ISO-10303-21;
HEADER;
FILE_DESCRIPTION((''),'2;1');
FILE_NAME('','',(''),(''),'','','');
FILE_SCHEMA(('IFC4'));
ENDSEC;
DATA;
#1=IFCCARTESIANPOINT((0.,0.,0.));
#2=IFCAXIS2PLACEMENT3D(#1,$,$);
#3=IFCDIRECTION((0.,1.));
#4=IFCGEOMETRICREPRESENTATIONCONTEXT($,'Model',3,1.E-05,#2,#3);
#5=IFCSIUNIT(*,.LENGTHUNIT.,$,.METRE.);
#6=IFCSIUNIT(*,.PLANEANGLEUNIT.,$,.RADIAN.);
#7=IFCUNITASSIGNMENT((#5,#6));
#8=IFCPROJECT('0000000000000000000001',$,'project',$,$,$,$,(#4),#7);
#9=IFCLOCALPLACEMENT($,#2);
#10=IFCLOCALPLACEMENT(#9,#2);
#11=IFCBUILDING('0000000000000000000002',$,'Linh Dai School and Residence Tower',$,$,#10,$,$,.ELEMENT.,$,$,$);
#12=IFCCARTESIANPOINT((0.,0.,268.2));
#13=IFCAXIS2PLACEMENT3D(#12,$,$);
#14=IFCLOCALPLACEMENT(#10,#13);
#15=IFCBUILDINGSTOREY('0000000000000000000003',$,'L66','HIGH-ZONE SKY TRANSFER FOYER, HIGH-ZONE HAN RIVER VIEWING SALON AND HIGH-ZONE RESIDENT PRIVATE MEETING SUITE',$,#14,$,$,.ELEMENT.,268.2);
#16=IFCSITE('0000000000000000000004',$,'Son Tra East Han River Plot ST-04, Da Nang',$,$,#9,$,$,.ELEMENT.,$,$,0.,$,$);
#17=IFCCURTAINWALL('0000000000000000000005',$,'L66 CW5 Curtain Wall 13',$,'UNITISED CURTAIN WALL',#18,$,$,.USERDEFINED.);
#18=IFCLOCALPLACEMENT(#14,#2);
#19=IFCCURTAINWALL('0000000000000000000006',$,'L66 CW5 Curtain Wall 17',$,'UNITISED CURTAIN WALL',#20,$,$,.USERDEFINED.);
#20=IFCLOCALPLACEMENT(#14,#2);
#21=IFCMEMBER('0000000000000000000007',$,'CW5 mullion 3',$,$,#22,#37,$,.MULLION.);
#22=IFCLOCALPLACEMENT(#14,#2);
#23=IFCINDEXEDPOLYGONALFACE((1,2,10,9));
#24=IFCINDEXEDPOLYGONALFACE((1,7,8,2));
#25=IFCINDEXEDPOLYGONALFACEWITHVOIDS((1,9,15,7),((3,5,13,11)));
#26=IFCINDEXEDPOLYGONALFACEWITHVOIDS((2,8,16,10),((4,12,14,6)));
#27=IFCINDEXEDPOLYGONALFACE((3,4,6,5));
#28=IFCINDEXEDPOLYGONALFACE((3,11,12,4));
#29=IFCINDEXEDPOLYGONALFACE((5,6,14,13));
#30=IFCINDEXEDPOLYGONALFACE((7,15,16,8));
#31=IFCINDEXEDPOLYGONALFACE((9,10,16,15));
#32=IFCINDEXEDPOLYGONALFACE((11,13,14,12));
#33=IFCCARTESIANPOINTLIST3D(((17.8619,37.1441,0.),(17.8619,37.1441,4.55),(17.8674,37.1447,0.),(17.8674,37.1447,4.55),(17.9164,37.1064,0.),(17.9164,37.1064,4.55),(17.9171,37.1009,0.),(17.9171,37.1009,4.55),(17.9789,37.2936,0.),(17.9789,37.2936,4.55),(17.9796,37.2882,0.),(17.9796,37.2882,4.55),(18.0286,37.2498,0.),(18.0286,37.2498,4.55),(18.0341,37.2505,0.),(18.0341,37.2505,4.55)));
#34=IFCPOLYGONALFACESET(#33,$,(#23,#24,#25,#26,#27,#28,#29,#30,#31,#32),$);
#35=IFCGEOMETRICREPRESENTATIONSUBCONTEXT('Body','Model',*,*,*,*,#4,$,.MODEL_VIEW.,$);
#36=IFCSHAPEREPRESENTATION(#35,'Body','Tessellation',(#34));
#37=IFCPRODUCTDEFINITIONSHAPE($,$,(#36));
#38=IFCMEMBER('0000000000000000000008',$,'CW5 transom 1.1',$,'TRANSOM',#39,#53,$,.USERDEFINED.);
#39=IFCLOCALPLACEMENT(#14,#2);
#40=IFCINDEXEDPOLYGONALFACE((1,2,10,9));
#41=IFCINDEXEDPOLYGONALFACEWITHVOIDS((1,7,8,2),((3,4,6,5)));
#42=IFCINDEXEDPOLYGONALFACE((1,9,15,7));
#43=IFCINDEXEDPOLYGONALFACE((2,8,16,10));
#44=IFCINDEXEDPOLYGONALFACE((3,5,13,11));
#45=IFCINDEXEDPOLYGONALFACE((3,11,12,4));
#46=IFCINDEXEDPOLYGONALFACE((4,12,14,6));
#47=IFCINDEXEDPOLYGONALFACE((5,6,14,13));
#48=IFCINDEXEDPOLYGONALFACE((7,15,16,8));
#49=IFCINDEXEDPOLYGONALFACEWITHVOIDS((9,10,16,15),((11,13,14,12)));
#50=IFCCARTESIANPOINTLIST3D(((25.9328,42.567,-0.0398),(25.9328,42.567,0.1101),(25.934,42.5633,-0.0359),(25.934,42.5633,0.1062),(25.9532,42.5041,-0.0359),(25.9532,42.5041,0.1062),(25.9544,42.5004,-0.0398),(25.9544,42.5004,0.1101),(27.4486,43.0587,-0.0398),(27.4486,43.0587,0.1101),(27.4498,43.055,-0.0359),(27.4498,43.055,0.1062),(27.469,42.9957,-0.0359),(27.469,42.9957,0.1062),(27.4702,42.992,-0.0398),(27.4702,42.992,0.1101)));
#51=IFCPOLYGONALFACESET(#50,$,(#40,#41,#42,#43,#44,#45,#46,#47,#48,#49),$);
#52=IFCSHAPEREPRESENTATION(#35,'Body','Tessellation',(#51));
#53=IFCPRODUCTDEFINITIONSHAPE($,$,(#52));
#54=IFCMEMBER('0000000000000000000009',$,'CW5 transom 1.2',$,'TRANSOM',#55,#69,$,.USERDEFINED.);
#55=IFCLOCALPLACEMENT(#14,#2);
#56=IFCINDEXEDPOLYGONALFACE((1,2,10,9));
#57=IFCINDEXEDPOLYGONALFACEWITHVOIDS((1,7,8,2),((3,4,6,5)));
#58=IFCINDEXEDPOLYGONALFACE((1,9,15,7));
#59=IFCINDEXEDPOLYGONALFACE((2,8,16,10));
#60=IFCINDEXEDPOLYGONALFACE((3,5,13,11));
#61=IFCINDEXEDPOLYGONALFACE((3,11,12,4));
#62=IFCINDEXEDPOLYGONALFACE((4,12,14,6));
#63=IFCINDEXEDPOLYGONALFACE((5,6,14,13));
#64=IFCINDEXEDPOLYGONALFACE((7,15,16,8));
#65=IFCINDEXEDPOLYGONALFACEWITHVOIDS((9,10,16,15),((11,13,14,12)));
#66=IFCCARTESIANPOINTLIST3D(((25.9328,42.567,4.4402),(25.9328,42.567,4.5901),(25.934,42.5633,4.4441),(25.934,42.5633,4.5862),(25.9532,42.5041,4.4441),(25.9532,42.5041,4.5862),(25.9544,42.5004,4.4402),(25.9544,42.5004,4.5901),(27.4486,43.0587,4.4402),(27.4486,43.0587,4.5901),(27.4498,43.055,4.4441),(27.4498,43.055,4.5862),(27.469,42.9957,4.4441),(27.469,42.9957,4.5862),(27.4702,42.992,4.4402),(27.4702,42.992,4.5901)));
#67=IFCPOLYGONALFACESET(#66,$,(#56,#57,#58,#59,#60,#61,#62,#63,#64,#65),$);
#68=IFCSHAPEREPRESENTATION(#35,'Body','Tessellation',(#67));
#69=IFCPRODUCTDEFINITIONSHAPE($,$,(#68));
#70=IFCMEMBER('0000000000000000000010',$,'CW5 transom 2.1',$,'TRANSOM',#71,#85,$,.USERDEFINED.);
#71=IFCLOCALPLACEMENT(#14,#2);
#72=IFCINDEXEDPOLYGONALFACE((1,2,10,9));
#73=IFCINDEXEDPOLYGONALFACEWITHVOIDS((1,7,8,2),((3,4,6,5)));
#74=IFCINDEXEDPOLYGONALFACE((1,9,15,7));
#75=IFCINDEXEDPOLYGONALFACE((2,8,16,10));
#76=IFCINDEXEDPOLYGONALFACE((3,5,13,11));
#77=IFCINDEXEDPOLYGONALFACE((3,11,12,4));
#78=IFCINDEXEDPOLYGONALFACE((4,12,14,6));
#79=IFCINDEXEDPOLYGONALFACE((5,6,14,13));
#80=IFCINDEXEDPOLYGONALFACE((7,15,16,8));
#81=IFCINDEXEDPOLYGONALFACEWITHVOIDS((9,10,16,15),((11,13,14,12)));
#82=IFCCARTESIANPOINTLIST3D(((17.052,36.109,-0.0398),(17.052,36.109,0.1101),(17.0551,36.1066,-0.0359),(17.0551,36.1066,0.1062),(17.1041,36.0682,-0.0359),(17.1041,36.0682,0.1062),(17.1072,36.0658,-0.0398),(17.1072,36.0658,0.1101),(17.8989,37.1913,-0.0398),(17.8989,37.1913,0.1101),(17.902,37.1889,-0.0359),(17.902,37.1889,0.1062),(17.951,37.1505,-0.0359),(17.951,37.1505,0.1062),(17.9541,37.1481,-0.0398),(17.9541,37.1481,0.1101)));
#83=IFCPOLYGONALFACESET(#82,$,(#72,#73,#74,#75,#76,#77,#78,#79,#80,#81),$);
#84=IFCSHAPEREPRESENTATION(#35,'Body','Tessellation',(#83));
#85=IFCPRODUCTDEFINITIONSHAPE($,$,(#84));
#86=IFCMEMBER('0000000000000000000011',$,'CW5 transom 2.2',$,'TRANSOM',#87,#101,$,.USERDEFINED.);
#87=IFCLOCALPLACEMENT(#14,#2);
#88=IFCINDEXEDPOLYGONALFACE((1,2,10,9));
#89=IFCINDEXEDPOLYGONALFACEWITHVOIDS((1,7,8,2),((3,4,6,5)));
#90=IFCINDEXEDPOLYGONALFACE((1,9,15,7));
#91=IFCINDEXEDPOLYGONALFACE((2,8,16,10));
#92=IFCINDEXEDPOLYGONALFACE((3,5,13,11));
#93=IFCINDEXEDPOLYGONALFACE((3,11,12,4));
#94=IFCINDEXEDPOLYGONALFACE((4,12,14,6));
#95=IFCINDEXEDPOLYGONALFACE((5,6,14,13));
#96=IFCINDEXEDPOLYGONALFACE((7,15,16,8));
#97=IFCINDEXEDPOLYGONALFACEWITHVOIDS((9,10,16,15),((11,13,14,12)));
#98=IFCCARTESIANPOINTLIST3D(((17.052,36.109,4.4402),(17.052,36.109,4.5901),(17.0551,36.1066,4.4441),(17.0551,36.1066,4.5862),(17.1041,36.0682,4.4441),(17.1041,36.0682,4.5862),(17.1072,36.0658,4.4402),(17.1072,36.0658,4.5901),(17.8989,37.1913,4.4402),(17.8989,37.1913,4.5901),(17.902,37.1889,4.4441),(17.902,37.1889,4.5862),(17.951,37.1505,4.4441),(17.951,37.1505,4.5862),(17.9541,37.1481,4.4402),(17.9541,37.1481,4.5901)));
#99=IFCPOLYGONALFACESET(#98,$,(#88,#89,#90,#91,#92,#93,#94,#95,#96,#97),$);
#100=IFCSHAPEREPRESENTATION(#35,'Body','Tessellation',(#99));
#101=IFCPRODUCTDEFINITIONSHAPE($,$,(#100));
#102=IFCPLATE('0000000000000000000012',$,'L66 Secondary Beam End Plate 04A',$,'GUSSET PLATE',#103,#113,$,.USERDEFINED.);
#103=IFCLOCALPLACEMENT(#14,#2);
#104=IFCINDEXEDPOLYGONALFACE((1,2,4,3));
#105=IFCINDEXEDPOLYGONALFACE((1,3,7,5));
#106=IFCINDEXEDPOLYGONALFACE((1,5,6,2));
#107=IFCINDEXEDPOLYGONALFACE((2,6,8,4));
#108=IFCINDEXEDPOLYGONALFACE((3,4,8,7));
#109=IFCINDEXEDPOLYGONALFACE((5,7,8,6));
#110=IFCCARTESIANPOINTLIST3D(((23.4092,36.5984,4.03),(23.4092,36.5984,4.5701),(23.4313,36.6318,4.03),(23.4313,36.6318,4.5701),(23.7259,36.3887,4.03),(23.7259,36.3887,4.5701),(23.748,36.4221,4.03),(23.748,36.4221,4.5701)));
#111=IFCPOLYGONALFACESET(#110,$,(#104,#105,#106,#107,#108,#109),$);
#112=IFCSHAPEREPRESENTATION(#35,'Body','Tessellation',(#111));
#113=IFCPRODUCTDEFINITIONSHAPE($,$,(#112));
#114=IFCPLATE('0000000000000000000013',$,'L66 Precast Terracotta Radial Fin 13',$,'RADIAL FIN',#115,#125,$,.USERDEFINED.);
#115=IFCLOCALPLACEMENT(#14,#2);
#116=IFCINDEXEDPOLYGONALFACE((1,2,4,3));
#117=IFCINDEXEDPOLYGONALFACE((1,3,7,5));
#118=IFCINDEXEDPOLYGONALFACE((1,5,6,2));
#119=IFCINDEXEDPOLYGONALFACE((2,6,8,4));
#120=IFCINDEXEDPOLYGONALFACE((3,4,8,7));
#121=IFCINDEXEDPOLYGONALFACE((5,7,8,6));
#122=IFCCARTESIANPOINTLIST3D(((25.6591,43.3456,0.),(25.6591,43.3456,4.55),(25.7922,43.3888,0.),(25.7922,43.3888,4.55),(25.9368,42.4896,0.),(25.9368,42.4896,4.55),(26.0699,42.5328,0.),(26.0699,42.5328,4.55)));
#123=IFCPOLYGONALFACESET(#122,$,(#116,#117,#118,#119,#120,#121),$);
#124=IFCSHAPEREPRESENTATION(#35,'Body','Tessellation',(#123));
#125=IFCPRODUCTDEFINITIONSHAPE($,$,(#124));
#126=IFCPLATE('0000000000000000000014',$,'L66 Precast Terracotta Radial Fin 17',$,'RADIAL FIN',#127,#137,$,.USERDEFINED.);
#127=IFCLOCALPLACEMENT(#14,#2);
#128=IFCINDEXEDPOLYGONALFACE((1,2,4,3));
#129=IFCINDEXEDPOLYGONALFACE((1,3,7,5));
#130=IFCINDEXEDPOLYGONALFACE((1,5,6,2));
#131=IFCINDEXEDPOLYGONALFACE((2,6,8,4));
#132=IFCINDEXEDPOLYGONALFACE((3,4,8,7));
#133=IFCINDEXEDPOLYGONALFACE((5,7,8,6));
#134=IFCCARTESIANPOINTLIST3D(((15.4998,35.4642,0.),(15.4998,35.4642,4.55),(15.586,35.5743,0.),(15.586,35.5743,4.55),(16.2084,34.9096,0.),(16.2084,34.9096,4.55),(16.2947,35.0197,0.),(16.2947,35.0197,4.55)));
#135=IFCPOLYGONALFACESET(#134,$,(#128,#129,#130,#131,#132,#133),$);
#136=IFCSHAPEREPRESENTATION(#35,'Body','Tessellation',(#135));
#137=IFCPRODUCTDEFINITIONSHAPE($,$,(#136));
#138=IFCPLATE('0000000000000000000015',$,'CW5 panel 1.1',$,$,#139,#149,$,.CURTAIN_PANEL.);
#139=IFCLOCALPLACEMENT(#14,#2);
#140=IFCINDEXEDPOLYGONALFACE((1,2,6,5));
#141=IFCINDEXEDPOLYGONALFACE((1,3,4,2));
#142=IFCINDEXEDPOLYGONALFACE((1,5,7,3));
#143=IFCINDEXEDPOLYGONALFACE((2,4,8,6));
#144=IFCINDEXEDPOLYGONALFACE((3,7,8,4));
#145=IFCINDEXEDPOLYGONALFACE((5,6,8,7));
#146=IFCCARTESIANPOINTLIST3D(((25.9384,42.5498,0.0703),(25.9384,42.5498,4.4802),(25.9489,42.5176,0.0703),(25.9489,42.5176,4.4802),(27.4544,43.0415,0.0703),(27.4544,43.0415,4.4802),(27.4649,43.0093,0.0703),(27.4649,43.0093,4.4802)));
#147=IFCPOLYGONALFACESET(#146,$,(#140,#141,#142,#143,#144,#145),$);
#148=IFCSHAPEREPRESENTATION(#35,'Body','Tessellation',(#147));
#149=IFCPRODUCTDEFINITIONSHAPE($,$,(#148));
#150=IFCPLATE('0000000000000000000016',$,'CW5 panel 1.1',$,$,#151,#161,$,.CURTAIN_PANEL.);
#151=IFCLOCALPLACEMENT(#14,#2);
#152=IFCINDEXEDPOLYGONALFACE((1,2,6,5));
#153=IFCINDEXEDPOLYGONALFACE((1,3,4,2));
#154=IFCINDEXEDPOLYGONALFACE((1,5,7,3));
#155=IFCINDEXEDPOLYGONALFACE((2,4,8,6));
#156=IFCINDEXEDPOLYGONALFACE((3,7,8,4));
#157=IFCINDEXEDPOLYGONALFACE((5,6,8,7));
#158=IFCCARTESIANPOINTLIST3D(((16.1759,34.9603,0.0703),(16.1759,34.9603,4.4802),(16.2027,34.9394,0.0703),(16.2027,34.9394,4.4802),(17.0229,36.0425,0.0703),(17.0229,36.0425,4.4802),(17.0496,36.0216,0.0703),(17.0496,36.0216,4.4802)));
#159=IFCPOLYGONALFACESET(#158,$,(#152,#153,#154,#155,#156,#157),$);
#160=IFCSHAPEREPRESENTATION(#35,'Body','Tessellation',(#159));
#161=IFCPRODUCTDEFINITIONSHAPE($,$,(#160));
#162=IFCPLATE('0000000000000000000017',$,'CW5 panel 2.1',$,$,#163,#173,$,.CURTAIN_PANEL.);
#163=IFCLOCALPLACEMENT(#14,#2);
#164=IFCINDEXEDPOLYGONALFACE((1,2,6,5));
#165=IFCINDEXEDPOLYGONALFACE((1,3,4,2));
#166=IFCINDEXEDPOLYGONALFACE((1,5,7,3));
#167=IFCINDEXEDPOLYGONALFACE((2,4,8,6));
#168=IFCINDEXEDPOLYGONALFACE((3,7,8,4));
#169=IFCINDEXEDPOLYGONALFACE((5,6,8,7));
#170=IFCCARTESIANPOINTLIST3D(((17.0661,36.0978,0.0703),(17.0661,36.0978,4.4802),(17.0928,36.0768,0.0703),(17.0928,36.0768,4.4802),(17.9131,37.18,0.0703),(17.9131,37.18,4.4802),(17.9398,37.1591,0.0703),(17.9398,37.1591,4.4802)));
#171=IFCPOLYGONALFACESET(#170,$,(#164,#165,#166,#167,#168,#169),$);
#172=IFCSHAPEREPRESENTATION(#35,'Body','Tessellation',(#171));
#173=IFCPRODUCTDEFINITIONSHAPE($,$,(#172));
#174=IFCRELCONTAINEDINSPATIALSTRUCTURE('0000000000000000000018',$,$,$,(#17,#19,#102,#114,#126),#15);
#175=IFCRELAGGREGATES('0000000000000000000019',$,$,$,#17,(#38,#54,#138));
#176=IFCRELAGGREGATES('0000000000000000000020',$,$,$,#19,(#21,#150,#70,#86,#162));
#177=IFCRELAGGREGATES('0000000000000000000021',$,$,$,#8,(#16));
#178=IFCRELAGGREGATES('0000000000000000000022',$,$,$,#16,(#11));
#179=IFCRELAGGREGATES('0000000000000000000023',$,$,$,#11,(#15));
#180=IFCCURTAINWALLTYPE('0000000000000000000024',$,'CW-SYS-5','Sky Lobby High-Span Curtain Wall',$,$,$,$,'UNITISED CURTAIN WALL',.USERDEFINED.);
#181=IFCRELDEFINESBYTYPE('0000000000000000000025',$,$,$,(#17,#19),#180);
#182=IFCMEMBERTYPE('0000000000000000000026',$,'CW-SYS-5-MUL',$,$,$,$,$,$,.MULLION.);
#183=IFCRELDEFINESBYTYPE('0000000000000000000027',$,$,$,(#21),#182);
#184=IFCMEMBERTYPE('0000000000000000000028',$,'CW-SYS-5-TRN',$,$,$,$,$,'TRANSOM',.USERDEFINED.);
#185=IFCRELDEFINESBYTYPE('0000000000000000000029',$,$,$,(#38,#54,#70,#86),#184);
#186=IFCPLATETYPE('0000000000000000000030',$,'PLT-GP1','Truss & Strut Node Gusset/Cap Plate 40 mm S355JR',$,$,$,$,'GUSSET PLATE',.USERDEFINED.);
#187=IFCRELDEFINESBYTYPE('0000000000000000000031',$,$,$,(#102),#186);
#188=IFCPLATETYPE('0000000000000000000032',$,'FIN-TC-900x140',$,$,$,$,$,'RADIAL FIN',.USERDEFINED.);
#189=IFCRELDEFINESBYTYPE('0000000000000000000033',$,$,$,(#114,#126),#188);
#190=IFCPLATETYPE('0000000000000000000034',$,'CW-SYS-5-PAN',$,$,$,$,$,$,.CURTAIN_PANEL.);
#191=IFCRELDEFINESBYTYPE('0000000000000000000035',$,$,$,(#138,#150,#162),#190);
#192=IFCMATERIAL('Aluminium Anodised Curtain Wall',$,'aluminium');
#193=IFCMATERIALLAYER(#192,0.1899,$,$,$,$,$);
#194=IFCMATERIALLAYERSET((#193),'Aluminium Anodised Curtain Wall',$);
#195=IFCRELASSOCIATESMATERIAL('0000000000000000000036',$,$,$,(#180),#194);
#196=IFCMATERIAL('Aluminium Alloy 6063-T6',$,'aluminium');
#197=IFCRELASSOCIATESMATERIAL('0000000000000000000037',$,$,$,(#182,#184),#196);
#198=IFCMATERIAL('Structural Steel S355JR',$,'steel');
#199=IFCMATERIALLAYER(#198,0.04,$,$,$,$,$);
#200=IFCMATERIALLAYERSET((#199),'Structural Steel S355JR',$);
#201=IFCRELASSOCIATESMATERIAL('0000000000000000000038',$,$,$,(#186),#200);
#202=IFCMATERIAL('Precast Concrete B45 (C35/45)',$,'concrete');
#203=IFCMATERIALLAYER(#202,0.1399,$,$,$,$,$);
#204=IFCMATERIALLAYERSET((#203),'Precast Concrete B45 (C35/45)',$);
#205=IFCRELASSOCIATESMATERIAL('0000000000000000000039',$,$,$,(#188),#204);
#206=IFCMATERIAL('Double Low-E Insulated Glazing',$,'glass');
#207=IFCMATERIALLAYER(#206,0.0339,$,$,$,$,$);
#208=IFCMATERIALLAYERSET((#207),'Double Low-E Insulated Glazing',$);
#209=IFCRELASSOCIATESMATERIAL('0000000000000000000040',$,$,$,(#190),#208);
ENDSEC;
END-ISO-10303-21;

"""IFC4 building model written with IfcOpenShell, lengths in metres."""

from ifc_helpers import new_model, si_unit, direction, frame, origin, origin_2d, place, context, subcontext, project, spatial, rectangle, hollow_rectangle, extrude, source, transform, mapped, material, layer, layer_set, material_profile, profile_set, type_object, element, aggregate, save


model = new_model("IFC4")

# Units and contexts
model_context = context("Model", 3, precision=1e-05, world=origin(), true_north=direction((0.0, 1.0)))
body_context = subcontext(model_context, "Body", "Model", "MODEL_VIEW")
ifc_project = project(units=[si_unit("LENGTHUNIT", "METRE"), si_unit("PLANEANGLEUNIT", "RADIAN")], contexts=[model_context])

# Site, building, storey
site_placement = place(None, origin())
site = spatial("IfcSite", under=ifc_project, at=site_placement, Name="Son Tra East Han River Plot ST-04, Da Nang", CompositionType="ELEMENT", RefElevation=0.0)
building_placement = place(site_placement, origin())
building = spatial("IfcBuilding", under=site, at=building_placement, Name="Linh Dai School and Residence Tower", CompositionType="ELEMENT")
storey_placement = place(building_placement, frame((0.0, 0.0, 268.2)))
storey = spatial("IfcBuildingStorey", under=building, at=storey_placement, Name="L66", Description="HIGH-ZONE SKY TRANSFER FOYER, HIGH-ZONE HAN RIVER VIEWING SALON AND HIGH-ZONE RESIDENT PRIVATE MEETING SUITE", CompositionType="ELEMENT", Elevation=268.2)

# Shared definitions
ifc_material_1 = material(Name="Structural Steel S355JR", Category="steel")

# Curtain wall
ifc_material_2 = material(Name="Aluminium Anodised Curtain Wall", Category="aluminium")
ifc_layer_1 = layer(ifc_material_2, 0.1899)
ifc_layer_set_1 = layer_set([ifc_layer_1], Name="Aluminium Anodised Curtain Wall")
curtain_wall_type = type_object("IfcCurtainWallType", Name="CW-SYS-5", Description="Sky Lobby High-Span Curtain Wall", ElementType="UNITISED CURTAIN WALL", PredefinedType="USERDEFINED", material=ifc_layer_set_1)
curtain_wall_1_placement = place(storey_placement, origin())
curtain_wall_1 = element("IfcCurtainWall", 1, at=curtain_wall_1_placement, inside=storey, type_object=curtain_wall_type, Name="L66 CW5 Curtain Wall 13", ObjectType="UNITISED CURTAIN WALL", PredefinedType="USERDEFINED")
ifc_material_3 = material(Name="Aluminium Alloy 6063-T6", Category="aluminium")
ifc_material_profile_1 = material_profile(ifc_material_3, hollow_rectangle(XDim=0.0701, YDim=0.1899, WallThickness=0.0039, at=origin_2d()), Name="RHS 190x70x4")
ifc_profile_set_1 = profile_set([ifc_material_profile_1], Name="Aluminium Alloy 6063-T6")
member_type_1 = type_object("IfcMemberType", Name="CW-SYS-5-MUL", PredefinedType="MULLION", material=ifc_profile_set_1)
shared_shape_1 = source(origin(), body_context, "Body", "SweptSolid", [
    extrude(hollow_rectangle(XDim=0.0701, YDim=0.1899, WallThickness=0.0039, at=origin_2d()), origin(), (0.0, 0.0, 1.0), 4.55),
])

# Curtain wall, member
curtain_wall_2_placement = place(storey_placement, origin())
curtain_wall_2 = element("IfcCurtainWall", 2, at=curtain_wall_2_placement, inside=storey, type_object=curtain_wall_type, Name="L66 CW5 Curtain Wall 17", ObjectType="UNITISED CURTAIN WALL", PredefinedType="USERDEFINED")
member_1_placement = place(storey_placement, frame((17.948, 37.1973, 0.0), z_axis=(0.0, 0.0, 1.0), x_axis=(-0.787503, 0.616311, 0.0)))
member_1 = element("IfcMember", 3, at=member_1_placement, type_object=member_type_1, Name="CW5 mullion 3", PredefinedType="MULLION", context=body_context, shape_type="MappedRepresentation", body=[
    mapped(shared_shape_1, transform((0.0, 0.0, 0.0), x_axis=(1.0, 0.0, 0.0), y_axis=(0.0, 1.0, 0.0), z_axis=(0.0, 0.0, 1.0), scale=1.0)),
])

# Members
ifc_material_profile_2 = material_profile(ifc_material_3, hollow_rectangle(XDim=0.0701, YDim=0.1499, WallThickness=0.0039, at=origin_2d()), Name="RHS 150x70x4")
ifc_profile_set_2 = profile_set([ifc_material_profile_2], Name="Aluminium Alloy 6063-T6")
member_type_2 = type_object("IfcMemberType", Name="CW-SYS-5-TRN", ElementType="TRANSOM", PredefinedType="USERDEFINED", material=ifc_profile_set_2)
shared_shape_2 = source(origin(), body_context, "Body", "SweptSolid", [
    extrude(hollow_rectangle(XDim=0.0701, YDim=0.1499, WallThickness=0.0039, at=origin_2d()), origin(), (0.0, 0.0, 1.0), 1.5935),
])
member_2_placement = place(storey_placement, frame((25.9436, 42.5337, 0.0352), z_axis=(0.951211, 0.308542, 0.0), x_axis=(-0.308542, 0.951211, 0.0)))
member_2 = element("IfcMember", 4, at=member_2_placement, type_object=member_type_2, Name="CW5 transom 1.1", ObjectType="TRANSOM", PredefinedType="USERDEFINED", context=body_context, shape_type="MappedRepresentation", body=[
    mapped(shared_shape_2, transform((0.0, 0.0, 0.0), x_axis=(1.0, 0.0, 0.0), y_axis=(0.0, 1.0, 0.0), z_axis=(0.0, 0.0, 1.0), scale=1.0)),
])
member_3_placement = place(storey_placement, frame((25.9436, 42.5337, 4.5151), z_axis=(0.951211, 0.308542, 0.0), x_axis=(-0.308542, 0.951211, 0.0)))
member_3 = element("IfcMember", 5, at=member_3_placement, type_object=member_type_2, Name="CW5 transom 1.2", ObjectType="TRANSOM", PredefinedType="USERDEFINED", context=body_context, shape_type="MappedRepresentation", body=[
    mapped(shared_shape_2, transform((0.0, 0.0, 0.0), x_axis=(1.0, 0.0, 0.0), y_axis=(0.0, 1.0, 0.0), z_axis=(0.0, 0.0, 1.0), scale=1.0)),
])
shared_shape_3 = source(origin(), body_context, "Body", "SweptSolid", [
    extrude(hollow_rectangle(XDim=0.0701, YDim=0.1499, WallThickness=0.0039, at=origin_2d()), origin(), (0.0, 0.0, 1.0), 1.3743),
])
member_4_placement = place(storey_placement, frame((17.0796, 36.0874, 0.0352), z_axis=(0.616275, 0.787531, 0.0), x_axis=(-0.787531, 0.616275, 0.0)))
member_4 = element("IfcMember", 6, at=member_4_placement, type_object=member_type_2, Name="CW5 transom 2.1", ObjectType="TRANSOM", PredefinedType="USERDEFINED", context=body_context, shape_type="MappedRepresentation", body=[
    mapped(shared_shape_3, transform((0.0, 0.0, 0.0), x_axis=(1.0, 0.0, 0.0), y_axis=(0.0, 1.0, 0.0), z_axis=(0.0, 0.0, 1.0), scale=1.0)),
])
member_5_placement = place(storey_placement, frame((17.0796, 36.0874, 4.5151), z_axis=(0.616275, 0.787531, 0.0), x_axis=(-0.787531, 0.616275, 0.0)))
member_5 = element("IfcMember", 7, at=member_5_placement, type_object=member_type_2, Name="CW5 transom 2.2", ObjectType="TRANSOM", PredefinedType="USERDEFINED", context=body_context, shape_type="MappedRepresentation", body=[
    mapped(shared_shape_3, transform((0.0, 0.0, 0.0), x_axis=(1.0, 0.0, 0.0), y_axis=(0.0, 1.0, 0.0), z_axis=(0.0, 0.0, 1.0), scale=1.0)),
])

# Plates
ifc_layer_2 = layer(ifc_material_1, 0.04)
ifc_layer_set_2 = layer_set([ifc_layer_2], Name="Structural Steel S355JR")
plate_type_1 = type_object("IfcPlateType", Name="PLT-GP1", Description="Truss & Strut Node Gusset/Cap Plate 40 mm S355JR", ElementType="GUSSET PLATE", PredefinedType="USERDEFINED", material=ifc_layer_set_2)
shared_shape_4 = source(origin(), body_context, "Body", "SweptSolid", [
    extrude(rectangle(XDim=0.04, YDim=0.3799, at=origin_2d()), origin(), (0.0, 0.0, 1.0), 0.54),
])
plate_1_placement = place(storey_placement, frame((23.5786, 36.5103, 4.03), z_axis=(0.0, 0.0, 1.0), x_axis=(-0.552122, -0.833763, 0.0)))
element("IfcPlate", 8, at=plate_1_placement, inside=storey, type_object=plate_type_1, Name="L66 Secondary Beam End Plate 04A", ObjectType="GUSSET PLATE", PredefinedType="USERDEFINED", context=body_context, shape_type="MappedRepresentation", body=[
    mapped(shared_shape_4, transform((0.0, 0.0, 0.0), x_axis=(1.0, 0.0, 0.0), y_axis=(0.0, 1.0, 0.0), z_axis=(0.0, 0.0, 1.0), scale=1.0)),
])
ifc_material_4 = material(Name="Precast Concrete B45 (C35/45)", Category="concrete")
ifc_layer_3 = layer(ifc_material_4, 0.1399)
ifc_layer_set_3 = layer_set([ifc_layer_3], Name="Precast Concrete B45 (C35/45)")
plate_type_2 = type_object("IfcPlateType", Name="FIN-TC-900x140", ElementType="RADIAL FIN", PredefinedType="USERDEFINED", material=ifc_layer_set_3)
shared_shape_5 = source(origin(), body_context, "Body", "SweptSolid", [
    extrude(rectangle(XDim=0.8999, YDim=0.1399, at=origin_2d()), origin(), (0.0, 0.0, 1.0), 4.55),
])
for number, where, z_axis, x_axis, name in (
    (9, (25.8645, 42.9392, 0.0), (0.0, 0.0, 1.0), (-0.308519, 0.951218, 0.0), "L66 Precast Terracotta Radial Fin 13"),
    (10, (15.8972, 35.2419, 0.0), (0.0, 0.0, 1.0), (-0.787503, 0.616311, 0.0), "L66 Precast Terracotta Radial Fin 17"),
):
    element("IfcPlate", number, at=place(storey_placement, frame(where, z_axis=z_axis, x_axis=x_axis)), inside=storey, type_object=plate_type_2, Name=name, ObjectType="RADIAL FIN", PredefinedType="USERDEFINED", context=body_context, shape_type="MappedRepresentation", body=[
        mapped(shared_shape_5, transform((0.0, 0.0, 0.0), x_axis=(1.0, 0.0, 0.0), y_axis=(0.0, 1.0, 0.0), z_axis=(0.0, 0.0, 1.0), scale=1.0)),
    ])

# Plates
ifc_material_5 = material(Name="Double Low-E Insulated Glazing", Category="glass")
ifc_layer_4 = layer(ifc_material_5, 0.0339)
ifc_layer_set_4 = layer_set([ifc_layer_4], Name="Double Low-E Insulated Glazing")
plate_type_3 = type_object("IfcPlateType", Name="CW-SYS-5-PAN", PredefinedType="CURTAIN_PANEL", material=ifc_layer_set_4)
shared_shape_6 = source(origin(), body_context, "Body", "SweptSolid", [
    extrude(rectangle(XDim=1.5938, YDim=0.0339, at=origin_2d()), origin(), (0.0, 0.0, 1.0), 4.4099),
])
plate_2_placement = place(storey_placement, frame((26.7017, 42.7795, 0.0703), z_axis=(0.0, 0.0, 1.0), x_axis=(0.951218, 0.308519, 0.0)))
plate_2 = element("IfcPlate", 11, at=plate_2_placement, type_object=plate_type_3, Name="CW5 panel 1.1", PredefinedType="CURTAIN_PANEL", context=body_context, shape_type="MappedRepresentation", body=[
    mapped(shared_shape_6, transform((0.0, 0.0, 0.0), x_axis=(1.0, 0.0, 0.0), y_axis=(0.0, 1.0, 0.0), z_axis=(0.0, 0.0, 1.0), scale=1.0)),
])
aggregate(curtain_wall_1, [member_2, member_3, plate_2])
shared_shape_7 = source(origin(), body_context, "Body", "SweptSolid", [
    extrude(rectangle(XDim=1.3743, YDim=0.0339, at=origin_2d()), origin(), (0.0, 0.0, 1.0), 4.4099),
])
plate_3_placement = place(storey_placement, frame((16.6128, 35.491, 0.0703), z_axis=(0.0, 0.0, 1.0), x_axis=(0.616311, 0.787503, 0.0)))
plate_3 = element("IfcPlate", 12, at=plate_3_placement, type_object=plate_type_3, Name="CW5 panel 1.1", PredefinedType="CURTAIN_PANEL", context=body_context, shape_type="MappedRepresentation", body=[
    mapped(shared_shape_7, transform((0.0, 0.0, 0.0), x_axis=(1.0, 0.0, 0.0), y_axis=(0.0, 1.0, 0.0), z_axis=(0.0, 0.0, 1.0), scale=1.0)),
])
plate_4_placement = place(storey_placement, frame((17.5029, 36.6284, 0.0703), z_axis=(0.0, 0.0, 1.0), x_axis=(0.616311, 0.787503, 0.0)))
plate_4 = element("IfcPlate", 13, at=plate_4_placement, type_object=plate_type_3, Name="CW5 panel 2.1", PredefinedType="CURTAIN_PANEL", context=body_context, shape_type="MappedRepresentation", body=[
    mapped(shared_shape_7, transform((0.0, 0.0, 0.0), x_axis=(1.0, 0.0, 0.0), y_axis=(0.0, 1.0, 0.0), z_axis=(0.0, 0.0, 1.0), scale=1.0)),
])
aggregate(curtain_wall_2, [member_1, plate_3, member_4, member_5, plate_4])

save(model, "model.ifc")
